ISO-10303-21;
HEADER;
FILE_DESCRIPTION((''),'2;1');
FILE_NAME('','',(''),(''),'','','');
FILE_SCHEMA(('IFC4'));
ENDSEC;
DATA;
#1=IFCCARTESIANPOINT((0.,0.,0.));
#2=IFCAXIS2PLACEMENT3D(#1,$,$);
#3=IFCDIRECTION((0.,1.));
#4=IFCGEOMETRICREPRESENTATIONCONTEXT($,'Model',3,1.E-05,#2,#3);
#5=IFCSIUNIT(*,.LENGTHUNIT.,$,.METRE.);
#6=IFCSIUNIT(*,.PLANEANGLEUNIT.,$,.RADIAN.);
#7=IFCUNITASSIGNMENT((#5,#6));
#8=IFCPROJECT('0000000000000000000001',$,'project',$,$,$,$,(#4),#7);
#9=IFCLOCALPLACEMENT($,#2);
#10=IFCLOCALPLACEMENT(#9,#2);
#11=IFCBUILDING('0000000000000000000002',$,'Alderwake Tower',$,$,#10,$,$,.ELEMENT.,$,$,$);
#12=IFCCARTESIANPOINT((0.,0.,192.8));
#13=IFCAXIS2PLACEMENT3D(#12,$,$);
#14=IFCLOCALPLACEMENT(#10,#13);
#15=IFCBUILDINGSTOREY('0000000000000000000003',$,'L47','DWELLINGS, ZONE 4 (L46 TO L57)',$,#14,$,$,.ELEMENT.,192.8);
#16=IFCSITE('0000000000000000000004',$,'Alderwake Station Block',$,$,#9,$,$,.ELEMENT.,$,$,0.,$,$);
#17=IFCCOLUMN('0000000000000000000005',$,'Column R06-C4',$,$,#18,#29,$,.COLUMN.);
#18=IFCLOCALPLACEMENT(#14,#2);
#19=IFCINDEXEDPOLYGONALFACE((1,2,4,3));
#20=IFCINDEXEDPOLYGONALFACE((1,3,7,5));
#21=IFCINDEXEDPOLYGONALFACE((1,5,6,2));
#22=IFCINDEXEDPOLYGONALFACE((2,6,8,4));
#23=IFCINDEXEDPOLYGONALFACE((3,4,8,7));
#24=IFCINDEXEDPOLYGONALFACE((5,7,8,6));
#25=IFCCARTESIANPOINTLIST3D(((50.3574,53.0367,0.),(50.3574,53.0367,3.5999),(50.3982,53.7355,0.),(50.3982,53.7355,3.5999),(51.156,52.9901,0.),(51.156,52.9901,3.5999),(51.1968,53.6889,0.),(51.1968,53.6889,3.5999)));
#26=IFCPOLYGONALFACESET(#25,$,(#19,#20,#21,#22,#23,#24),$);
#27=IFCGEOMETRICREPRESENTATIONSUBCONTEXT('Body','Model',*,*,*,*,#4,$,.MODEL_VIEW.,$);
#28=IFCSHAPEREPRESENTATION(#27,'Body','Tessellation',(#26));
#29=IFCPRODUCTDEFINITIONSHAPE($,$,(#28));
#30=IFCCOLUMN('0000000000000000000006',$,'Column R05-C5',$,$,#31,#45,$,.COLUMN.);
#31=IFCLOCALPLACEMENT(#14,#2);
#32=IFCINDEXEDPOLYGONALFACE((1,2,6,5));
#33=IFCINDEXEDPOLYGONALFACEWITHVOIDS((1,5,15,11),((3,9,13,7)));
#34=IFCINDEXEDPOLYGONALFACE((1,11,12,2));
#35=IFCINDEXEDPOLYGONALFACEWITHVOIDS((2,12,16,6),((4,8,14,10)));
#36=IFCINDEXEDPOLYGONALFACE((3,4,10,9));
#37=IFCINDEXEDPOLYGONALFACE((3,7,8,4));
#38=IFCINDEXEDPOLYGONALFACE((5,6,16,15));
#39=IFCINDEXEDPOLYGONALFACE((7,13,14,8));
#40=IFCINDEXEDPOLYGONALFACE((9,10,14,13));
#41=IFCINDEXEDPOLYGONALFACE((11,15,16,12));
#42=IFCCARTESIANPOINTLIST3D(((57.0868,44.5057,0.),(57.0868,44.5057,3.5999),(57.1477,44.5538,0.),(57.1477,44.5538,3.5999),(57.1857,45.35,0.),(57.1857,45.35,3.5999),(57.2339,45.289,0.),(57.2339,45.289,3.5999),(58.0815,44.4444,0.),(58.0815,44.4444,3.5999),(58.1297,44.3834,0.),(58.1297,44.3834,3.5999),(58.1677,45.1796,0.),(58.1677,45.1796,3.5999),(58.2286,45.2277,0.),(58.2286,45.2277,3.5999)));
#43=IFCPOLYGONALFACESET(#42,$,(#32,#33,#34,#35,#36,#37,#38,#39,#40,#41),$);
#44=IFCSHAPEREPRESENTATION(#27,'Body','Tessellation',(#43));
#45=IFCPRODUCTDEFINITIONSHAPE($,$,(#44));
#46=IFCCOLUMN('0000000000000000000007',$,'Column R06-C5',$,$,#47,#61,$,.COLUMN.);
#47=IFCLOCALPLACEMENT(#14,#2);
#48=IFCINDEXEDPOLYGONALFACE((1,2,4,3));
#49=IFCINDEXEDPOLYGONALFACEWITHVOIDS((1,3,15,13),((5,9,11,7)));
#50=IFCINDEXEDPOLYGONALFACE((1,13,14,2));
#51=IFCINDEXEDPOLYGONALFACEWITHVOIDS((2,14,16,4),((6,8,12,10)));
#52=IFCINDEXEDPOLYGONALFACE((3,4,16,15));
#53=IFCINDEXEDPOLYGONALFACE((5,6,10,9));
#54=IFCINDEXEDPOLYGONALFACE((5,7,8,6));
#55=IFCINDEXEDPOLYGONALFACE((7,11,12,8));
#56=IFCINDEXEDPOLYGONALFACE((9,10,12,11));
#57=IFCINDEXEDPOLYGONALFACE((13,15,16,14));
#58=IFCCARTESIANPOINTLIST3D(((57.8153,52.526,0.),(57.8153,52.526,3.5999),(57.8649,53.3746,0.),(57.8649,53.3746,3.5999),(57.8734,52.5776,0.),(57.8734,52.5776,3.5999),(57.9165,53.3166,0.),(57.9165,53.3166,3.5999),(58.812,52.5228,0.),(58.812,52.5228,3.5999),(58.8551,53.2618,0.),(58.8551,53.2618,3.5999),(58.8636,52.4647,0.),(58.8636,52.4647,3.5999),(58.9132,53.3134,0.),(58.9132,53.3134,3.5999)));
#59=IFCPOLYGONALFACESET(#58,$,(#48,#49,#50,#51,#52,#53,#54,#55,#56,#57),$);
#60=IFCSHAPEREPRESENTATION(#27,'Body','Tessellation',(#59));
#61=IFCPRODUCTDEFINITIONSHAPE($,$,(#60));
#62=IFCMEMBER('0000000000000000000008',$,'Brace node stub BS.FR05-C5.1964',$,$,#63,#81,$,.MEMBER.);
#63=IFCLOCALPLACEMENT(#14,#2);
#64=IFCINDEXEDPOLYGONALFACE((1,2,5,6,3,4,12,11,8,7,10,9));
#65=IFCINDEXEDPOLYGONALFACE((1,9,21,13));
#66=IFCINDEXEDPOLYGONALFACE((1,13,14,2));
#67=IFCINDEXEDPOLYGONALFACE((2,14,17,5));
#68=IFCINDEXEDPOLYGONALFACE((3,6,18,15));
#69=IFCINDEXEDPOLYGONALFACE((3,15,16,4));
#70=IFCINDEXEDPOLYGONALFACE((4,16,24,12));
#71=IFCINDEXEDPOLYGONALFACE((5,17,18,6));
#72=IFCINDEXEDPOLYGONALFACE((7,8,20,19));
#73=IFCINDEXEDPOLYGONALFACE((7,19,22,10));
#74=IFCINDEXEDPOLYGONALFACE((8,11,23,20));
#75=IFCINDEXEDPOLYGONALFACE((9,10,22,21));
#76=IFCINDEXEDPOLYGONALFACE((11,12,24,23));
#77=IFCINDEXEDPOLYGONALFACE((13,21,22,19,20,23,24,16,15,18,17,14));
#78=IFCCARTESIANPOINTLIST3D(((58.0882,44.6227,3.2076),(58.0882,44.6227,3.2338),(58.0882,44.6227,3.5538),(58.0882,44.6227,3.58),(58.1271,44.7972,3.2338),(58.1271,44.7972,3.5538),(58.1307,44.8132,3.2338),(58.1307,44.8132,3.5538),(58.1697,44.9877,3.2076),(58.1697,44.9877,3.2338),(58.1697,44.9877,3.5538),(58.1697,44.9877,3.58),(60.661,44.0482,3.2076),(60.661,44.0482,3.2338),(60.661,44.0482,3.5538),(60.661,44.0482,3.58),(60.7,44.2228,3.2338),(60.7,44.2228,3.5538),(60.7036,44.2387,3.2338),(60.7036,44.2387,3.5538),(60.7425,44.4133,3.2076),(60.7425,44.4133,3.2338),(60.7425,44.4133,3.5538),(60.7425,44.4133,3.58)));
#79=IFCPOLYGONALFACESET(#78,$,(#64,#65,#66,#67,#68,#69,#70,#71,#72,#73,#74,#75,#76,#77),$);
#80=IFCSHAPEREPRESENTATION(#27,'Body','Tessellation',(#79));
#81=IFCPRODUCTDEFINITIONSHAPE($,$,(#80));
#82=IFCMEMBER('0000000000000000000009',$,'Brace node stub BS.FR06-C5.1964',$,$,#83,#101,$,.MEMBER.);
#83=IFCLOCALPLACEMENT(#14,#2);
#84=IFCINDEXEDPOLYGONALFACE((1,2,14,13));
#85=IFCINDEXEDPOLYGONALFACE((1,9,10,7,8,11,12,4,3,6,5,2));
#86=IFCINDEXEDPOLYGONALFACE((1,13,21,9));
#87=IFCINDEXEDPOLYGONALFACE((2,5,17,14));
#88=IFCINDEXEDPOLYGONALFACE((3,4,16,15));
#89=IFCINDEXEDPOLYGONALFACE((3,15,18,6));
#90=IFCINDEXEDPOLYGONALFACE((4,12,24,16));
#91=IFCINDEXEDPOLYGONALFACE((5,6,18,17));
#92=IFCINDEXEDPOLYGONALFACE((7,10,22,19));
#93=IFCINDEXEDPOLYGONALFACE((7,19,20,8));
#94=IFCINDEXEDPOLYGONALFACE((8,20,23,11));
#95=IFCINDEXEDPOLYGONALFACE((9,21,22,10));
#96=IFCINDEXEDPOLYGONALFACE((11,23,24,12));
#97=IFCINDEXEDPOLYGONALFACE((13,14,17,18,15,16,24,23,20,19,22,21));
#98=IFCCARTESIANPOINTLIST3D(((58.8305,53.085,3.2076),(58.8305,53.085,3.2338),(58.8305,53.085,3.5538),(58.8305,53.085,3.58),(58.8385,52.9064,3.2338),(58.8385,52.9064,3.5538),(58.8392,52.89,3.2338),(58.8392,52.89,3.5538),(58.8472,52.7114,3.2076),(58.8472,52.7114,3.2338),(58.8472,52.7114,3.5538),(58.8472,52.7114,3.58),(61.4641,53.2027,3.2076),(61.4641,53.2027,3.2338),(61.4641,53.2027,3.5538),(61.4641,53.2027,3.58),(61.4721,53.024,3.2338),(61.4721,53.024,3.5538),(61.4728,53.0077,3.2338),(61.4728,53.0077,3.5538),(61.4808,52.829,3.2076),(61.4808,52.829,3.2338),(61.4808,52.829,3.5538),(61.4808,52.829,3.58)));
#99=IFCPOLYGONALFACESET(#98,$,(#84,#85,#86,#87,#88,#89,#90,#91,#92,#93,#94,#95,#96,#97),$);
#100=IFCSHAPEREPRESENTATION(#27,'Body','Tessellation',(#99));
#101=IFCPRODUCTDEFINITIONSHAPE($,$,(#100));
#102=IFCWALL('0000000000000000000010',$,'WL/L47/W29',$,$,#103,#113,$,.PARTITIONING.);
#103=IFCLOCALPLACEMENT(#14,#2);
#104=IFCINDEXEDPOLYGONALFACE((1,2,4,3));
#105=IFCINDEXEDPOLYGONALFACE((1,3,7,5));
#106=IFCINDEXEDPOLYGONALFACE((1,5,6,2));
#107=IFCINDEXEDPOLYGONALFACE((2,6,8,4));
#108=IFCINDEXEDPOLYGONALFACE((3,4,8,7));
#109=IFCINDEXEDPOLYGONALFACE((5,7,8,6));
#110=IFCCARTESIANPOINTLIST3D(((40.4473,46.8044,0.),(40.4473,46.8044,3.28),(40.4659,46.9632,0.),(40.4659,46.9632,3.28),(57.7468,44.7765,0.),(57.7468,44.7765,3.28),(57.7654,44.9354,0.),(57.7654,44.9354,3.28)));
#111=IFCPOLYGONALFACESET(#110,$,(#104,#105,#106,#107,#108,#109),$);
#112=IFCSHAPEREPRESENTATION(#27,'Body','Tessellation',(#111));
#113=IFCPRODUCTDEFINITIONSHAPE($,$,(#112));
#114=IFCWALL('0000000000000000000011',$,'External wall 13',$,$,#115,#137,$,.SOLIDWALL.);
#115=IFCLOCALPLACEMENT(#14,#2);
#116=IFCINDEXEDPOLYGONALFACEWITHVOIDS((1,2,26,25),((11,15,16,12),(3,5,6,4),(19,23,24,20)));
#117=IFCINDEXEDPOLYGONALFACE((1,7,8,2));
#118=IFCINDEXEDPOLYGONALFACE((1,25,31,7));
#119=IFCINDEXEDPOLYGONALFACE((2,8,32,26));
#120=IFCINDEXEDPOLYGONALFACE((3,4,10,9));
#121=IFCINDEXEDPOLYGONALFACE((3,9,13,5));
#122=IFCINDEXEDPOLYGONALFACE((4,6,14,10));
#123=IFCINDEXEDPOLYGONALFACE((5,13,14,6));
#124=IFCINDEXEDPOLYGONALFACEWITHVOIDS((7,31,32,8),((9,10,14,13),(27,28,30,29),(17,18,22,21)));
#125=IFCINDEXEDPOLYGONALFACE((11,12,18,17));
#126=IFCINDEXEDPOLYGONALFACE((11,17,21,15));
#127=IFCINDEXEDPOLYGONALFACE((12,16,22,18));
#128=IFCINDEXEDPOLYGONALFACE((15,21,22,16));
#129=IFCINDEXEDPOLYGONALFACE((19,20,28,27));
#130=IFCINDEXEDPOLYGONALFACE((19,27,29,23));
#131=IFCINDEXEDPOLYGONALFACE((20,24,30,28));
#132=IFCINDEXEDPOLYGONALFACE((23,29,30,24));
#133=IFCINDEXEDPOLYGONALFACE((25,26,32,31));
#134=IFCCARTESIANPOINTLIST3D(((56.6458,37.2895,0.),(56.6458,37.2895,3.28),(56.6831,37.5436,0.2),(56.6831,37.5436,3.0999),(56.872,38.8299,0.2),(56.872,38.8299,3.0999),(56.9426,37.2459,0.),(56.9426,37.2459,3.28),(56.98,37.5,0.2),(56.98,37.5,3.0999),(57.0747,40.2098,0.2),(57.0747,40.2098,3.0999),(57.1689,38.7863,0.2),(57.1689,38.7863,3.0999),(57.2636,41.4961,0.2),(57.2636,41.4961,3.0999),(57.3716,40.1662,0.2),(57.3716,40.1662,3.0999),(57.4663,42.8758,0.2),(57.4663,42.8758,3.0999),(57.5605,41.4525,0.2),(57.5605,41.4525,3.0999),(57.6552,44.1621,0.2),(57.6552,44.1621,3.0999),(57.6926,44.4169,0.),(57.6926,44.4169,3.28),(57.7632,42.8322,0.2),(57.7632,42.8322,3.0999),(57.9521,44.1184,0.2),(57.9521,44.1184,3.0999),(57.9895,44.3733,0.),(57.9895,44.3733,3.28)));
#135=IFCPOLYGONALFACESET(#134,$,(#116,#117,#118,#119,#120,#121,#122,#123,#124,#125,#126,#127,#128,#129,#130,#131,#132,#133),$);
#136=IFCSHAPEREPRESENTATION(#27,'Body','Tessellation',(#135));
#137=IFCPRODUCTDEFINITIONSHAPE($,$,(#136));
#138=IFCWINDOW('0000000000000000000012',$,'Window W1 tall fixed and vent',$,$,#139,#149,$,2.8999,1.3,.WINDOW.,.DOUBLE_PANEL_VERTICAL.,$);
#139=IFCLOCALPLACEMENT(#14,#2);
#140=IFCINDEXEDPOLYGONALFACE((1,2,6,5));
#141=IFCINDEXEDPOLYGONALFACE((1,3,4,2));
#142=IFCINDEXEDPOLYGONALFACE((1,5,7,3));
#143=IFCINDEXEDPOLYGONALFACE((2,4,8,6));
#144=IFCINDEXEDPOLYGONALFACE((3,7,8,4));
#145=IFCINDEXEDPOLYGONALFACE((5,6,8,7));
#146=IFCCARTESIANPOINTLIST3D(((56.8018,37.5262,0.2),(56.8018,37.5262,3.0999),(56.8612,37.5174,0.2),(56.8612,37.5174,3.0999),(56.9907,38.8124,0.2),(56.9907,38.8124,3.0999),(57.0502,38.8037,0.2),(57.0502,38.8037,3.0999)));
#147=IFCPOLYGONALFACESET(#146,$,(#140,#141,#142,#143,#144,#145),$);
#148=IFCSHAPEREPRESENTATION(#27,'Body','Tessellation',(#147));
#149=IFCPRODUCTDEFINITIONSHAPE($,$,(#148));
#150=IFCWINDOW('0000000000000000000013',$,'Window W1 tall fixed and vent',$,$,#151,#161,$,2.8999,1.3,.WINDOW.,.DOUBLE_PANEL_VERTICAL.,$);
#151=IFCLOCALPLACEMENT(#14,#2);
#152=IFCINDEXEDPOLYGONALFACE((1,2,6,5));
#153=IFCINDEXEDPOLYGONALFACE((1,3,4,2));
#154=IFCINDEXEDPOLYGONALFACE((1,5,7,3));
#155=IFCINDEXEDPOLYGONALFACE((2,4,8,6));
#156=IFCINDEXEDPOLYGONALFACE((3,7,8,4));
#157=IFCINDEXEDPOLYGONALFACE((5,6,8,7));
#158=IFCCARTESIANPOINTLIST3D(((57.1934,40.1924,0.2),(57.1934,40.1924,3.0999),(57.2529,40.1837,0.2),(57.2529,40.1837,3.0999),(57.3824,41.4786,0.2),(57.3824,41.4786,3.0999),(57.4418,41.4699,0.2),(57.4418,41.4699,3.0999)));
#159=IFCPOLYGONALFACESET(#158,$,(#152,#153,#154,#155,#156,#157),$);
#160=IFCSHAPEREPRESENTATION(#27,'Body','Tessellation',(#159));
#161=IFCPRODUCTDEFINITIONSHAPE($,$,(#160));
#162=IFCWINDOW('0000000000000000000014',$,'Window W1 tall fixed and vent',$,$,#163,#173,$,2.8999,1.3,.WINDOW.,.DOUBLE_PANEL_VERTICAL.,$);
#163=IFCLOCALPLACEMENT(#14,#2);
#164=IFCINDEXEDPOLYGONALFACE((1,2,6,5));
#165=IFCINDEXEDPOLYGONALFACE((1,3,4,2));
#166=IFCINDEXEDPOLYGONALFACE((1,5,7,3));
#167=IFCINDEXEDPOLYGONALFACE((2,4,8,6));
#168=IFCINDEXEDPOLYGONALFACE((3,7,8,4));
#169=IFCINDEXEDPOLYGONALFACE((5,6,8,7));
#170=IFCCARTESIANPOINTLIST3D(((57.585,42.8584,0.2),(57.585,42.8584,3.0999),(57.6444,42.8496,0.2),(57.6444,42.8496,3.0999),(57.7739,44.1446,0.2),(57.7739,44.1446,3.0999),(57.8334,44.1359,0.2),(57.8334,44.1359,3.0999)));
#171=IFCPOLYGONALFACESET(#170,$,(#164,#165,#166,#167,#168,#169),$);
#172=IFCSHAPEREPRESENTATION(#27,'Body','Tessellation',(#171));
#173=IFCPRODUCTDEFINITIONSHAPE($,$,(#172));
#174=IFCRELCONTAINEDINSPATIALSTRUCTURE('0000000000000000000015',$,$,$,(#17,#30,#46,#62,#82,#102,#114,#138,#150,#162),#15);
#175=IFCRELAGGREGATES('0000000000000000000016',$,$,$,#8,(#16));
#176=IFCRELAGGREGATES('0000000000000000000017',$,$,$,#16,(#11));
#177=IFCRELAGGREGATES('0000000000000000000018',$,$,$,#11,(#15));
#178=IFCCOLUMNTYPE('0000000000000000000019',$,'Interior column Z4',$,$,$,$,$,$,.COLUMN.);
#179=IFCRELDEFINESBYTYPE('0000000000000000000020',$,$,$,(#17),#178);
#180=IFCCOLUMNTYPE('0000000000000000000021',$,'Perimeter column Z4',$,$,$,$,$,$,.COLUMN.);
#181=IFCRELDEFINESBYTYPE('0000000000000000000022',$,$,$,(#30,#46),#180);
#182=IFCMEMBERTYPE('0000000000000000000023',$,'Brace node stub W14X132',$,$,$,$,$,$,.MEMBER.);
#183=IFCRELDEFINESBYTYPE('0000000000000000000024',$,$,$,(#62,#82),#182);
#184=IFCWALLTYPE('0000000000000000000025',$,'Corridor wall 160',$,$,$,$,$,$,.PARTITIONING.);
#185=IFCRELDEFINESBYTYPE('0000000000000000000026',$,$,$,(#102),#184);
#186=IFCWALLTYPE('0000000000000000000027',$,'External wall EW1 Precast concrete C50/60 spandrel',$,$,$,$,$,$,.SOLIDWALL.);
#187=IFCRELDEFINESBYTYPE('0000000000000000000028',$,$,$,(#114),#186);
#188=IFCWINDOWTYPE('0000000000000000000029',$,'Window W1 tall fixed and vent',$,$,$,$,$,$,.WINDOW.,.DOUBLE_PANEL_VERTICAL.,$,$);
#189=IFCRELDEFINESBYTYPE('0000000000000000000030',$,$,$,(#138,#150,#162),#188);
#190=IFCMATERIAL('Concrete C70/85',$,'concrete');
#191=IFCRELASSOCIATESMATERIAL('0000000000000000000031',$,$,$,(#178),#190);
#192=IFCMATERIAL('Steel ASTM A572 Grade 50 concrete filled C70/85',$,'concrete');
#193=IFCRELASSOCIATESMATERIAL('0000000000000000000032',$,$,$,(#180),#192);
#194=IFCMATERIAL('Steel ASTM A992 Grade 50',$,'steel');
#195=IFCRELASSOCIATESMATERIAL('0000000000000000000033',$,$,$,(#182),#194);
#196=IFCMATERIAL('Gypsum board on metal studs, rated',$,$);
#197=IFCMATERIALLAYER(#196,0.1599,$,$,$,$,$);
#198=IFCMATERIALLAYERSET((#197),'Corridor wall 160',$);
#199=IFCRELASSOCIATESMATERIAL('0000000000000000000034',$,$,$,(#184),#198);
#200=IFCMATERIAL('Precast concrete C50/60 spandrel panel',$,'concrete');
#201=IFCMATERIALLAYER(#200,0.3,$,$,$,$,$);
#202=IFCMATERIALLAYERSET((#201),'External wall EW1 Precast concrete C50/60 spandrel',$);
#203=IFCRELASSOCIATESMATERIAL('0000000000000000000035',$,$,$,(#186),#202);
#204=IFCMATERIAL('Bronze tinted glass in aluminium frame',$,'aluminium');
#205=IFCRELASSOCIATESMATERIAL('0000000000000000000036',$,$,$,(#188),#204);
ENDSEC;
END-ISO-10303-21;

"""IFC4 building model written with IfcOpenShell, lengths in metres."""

from ifc_helpers import new_model, si_unit, direction, frame, frame_2d, origin, origin_2d, place, context, subcontext, project, spatial, rectangle, hollow_rectangle, i_section, extrude, material, layer, layer_set, material_profile, profile_set, type_object, element, fill, save


model = new_model("IFC4")

# Units and contexts
model_context = context("Model", 3, precision=1e-05, world=origin(), true_north=direction((0.0, 1.0)))
body_context = subcontext(model_context, "Body", "Model", "MODEL_VIEW")
ifc_project = project(units=[si_unit("LENGTHUNIT", "METRE"), si_unit("PLANEANGLEUNIT", "RADIAN")], contexts=[model_context])

# Site, building, storey
site_placement = place(None, origin())
site = spatial("IfcSite", under=ifc_project, at=site_placement, Name="Alderwake Station Block", CompositionType="ELEMENT", RefElevation=0.0)
building_placement = place(site_placement, origin())
building = spatial("IfcBuilding", under=site, at=building_placement, Name="Alderwake Tower", CompositionType="ELEMENT")
storey_placement = place(building_placement, frame((0.0, 0.0, 192.8)))
storey = spatial("IfcBuildingStorey", under=building, at=storey_placement, Name="L47", Description="DWELLINGS, ZONE 4 (L46 TO L57)", CompositionType="ELEMENT", Elevation=192.8)

# Columns
ifc_material_1 = material(Name="Concrete C70/85", Category="concrete")
ifc_material_profile_1 = material_profile(ifc_material_1, rectangle(XDim=0.7, YDim=0.8, at=origin_2d()), Name="RC 800X700")
ifc_profile_set_1 = profile_set([ifc_material_profile_1], Name="Concrete C70/85")
column_type_1 = type_object("IfcColumnType", Name="Interior column Z4", PredefinedType="COLUMN", material=ifc_profile_set_1)
column_placement = place(storey_placement, frame((50.7771, 53.3628, 0.0), z_axis=(0.0, 0.0, 1.0), x_axis=(0.058299, 0.998299, 0.0)))
element("IfcColumn", 1, at=column_placement, inside=storey, type_object=column_type_1, Name="Column R06-C4", PredefinedType="COLUMN", context=body_context, shape_type="SweptSolid", body=[
    extrude(rectangle(XDim=0.7, YDim=0.8, at=origin_2d()), origin(), (0.0, 0.0, 1.0), 3.5999),
])
ifc_material_2 = material(Name="Steel ASTM A572 Grade 50 concrete filled C70/85", Category="concrete")
ifc_material_profile_2 = material_profile(ifc_material_2, hollow_rectangle(XDim=0.8501, YDim=1.05, WallThickness=0.0549, at=origin_2d()), Name="BOX 1050X850X55")
ifc_profile_set_2 = profile_set([ifc_material_profile_2], Name="Steel ASTM A572 Grade 50 concrete filled C70/85")
column_type_2 = type_object("IfcColumnType", Name="Perimeter column Z4", PredefinedType="COLUMN", material=ifc_profile_set_2)
for number, where, z_axis, x_axis, name in (
    (2, (57.6577, 44.8667, 0.0), (0.0, 0.0, 1.0), (0.116402, 0.993202, 0.0), "Column R05-C5"),
    (3, (58.3643, 52.9197, 0.0), (0.0, 0.0, 1.0), (0.058299, 0.998299, 0.0), "Column R06-C5"),
):
    element("IfcColumn", number, at=place(storey_placement, frame(where, z_axis=z_axis, x_axis=x_axis)), inside=storey, type_object=column_type_2, Name=name, PredefinedType="COLUMN", context=body_context, shape_type="SweptSolid", body=[
        extrude(hollow_rectangle(XDim=0.8501, YDim=1.05, WallThickness=0.0549, at=origin_2d()), origin(), (0.0, 0.0, 1.0), 3.5999),
    ])

# Members
ifc_material_3 = material(Name="Steel ASTM A992 Grade 50", Category="steel")
ifc_material_profile_3 = material_profile(ifc_material_3, i_section(OverallWidth=0.374, OverallDepth=0.3723, WebThickness=0.0164, FlangeThickness=0.0261, at=origin_2d()), Name="W14X132")
ifc_profile_set_3 = profile_set([ifc_material_profile_3], Name="Steel ASTM A992 Grade 50")
member_type = type_object("IfcMemberType", Name="Brace node stub W14X132", PredefinedType="MEMBER", material=ifc_profile_set_3)
for number, where, z_axis, x_axis, name in (
    (4, (58.1289, 44.8052, 3.3938), (0.975971, -0.217901, 0.0), (0.217901, 0.975971, 0.0), "Brace node stub BS.FR05-C5.1964"),
    (5, (58.8389, 52.8982, 3.3938), (0.999003, 0.044639, 0.0), (-0.044639, 0.999003, 0.0), "Brace node stub BS.FR06-C5.1964"),
):
    element("IfcMember", number, at=place(storey_placement, frame(where, z_axis=z_axis, x_axis=x_axis)), inside=storey, type_object=member_type, Name=name, PredefinedType="MEMBER", context=body_context, shape_type="SweptSolid", body=[
        extrude(i_section(OverallWidth=0.374, OverallDepth=0.3723, WebThickness=0.0164, FlangeThickness=0.0261, at=origin_2d()), origin(), (0.0, 0.0, 1.0), 2.6362),
    ])

# Wall
ifc_material_4 = material(Name="Gypsum board on metal studs, rated")
ifc_layer_1 = layer(ifc_material_4, 0.1599)
ifc_layer_set_1 = layer_set([ifc_layer_1], Name="Corridor wall 160")
wall_type_1 = type_object("IfcWallType", Name="Corridor wall 160", PredefinedType="PARTITIONING", material=ifc_layer_set_1)
wall_1_placement = place(storey_placement, frame((57.7561, 44.856, 0.0), z_axis=(0.0, 0.0, 1.0), x_axis=(-0.9932, 0.116422, 0.0)))
element("IfcWall", 6, at=wall_1_placement, inside=storey, type_object=wall_type_1, Name="WL/L47/W29", PredefinedType="PARTITIONING", context=body_context, shape_type="SweptSolid", body=[
    extrude(rectangle(XDim=17.418, YDim=0.1599, at=frame_2d((8.709, 0.0))), origin(), (0.0, 0.0, 1.0), 3.28),
])

# Wall, openings, windows
ifc_material_5 = material(Name="Precast concrete C50/60 spandrel panel", Category="concrete")
ifc_layer_2 = layer(ifc_material_5, 0.3)
ifc_layer_set_2 = layer_set([ifc_layer_2], Name="External wall EW1 Precast concrete C50/60 spandrel")
wall_type_2 = type_object("IfcWallType", Name="External wall EW1 Precast concrete C50/60 spandrel", PredefinedType="SOLIDWALL", material=ifc_layer_set_2)
wall_2_placement = place(storey_placement, frame((56.7942, 37.2676, 0.0), z_axis=(0.0, 0.0, 1.0), x_axis=(0.14532, 0.989385, 0.0)))
wall_2 = element("IfcWall", 7, at=wall_2_placement, inside=storey, type_object=wall_type_2, Name="External wall 13", PredefinedType="SOLIDWALL", context=body_context, shape_type="SweptSolid", body=[
    extrude(rectangle(XDim=7.2039, YDim=0.3, at=frame_2d((3.6021, 0.0))), origin(), (0.0, 0.0, 1.0), 3.28),
])
opening_1_placement = place(wall_2_placement, frame((0.2571, 0.0, 0.2)))
opening_1 = element("IfcOpeningElement", 8, at=opening_1_placement, cuts=wall_2, PredefinedType="OPENING", context=body_context, shape_type="SweptSolid", body=[
    extrude(rectangle(XDim=1.3, YDim=2.8999, at=frame_2d((0.6499, 1.45))), frame((0.0, 0.1599, 0.0), z_axis=(0.0, -1.0, 0.0), x_axis=(1.0, 0.0, 0.0)), (0.0, 0.0, 1.0), 0.3201),
])
opening_2_placement = place(wall_2_placement, frame((2.9519, 0.0, 0.2)))
opening_2 = element("IfcOpeningElement", 9, at=opening_2_placement, cuts=wall_2, PredefinedType="OPENING", context=body_context, shape_type="SweptSolid", body=[
    extrude(rectangle(XDim=1.3, YDim=2.8999, at=frame_2d((0.6499, 1.45))), frame((0.0, 0.1599, 0.0), z_axis=(0.0, -1.0, 0.0), x_axis=(1.0, 0.0, 0.0)), (0.0, 0.0, 1.0), 0.3201),
])
opening_3_placement = place(wall_2_placement, frame((5.6465, 0.0, 0.2)))
opening_3 = element("IfcOpeningElement", 10, at=opening_3_placement, cuts=wall_2, PredefinedType="OPENING", context=body_context, shape_type="SweptSolid", body=[
    extrude(rectangle(XDim=1.3, YDim=2.8999, at=frame_2d((0.6499, 1.45))), frame((0.0, 0.1599, 0.0), z_axis=(0.0, -1.0, 0.0), x_axis=(1.0, 0.0, 0.0)), (0.0, 0.0, 1.0), 0.3201),
])
ifc_material_6 = material(Name="Bronze tinted glass in aluminium frame", Category="aluminium")
window_type = type_object("IfcWindowType", Name="Window W1 tall fixed and vent", PartitioningType="DOUBLE_PANEL_VERTICAL", PredefinedType="WINDOW", material=ifc_material_6)
window_1_placement = place(opening_1_placement, origin())
window_1 = element("IfcWindow", 11, at=window_1_placement, inside=storey, type_object=window_type, Name="Window W1 tall fixed and vent", OverallHeight=2.8999, OverallWidth=1.3, PartitioningType="DOUBLE_PANEL_VERTICAL", PredefinedType="WINDOW", context=body_context, shape_type="SweptSolid", body=[
    extrude(rectangle(XDim=1.3, YDim=2.8999, at=frame_2d((0.6499, 1.45))), frame((0.0, 0.03, 0.0), z_axis=(0.0, -1.0, 0.0), x_axis=(1.0, 0.0, 0.0)), (0.0, 0.0, 1.0), 0.0601),
])
fill(opening_1, window_1)
window_2_placement = place(opening_2_placement, origin())
window_2 = element("IfcWindow", 12, at=window_2_placement, inside=storey, type_object=window_type, Name="Window W1 tall fixed and vent", OverallHeight=2.8999, OverallWidth=1.3, PartitioningType="DOUBLE_PANEL_VERTICAL", PredefinedType="WINDOW", context=body_context, shape_type="SweptSolid", body=[
    extrude(rectangle(XDim=1.3, YDim=2.8999, at=frame_2d((0.6499, 1.45))), frame((0.0, 0.03, 0.0), z_axis=(0.0, -1.0, 0.0), x_axis=(1.0, 0.0, 0.0)), (0.0, 0.0, 1.0), 0.0601),
])
fill(opening_2, window_2)
window_3_placement = place(opening_3_placement, origin())
window_3 = element("IfcWindow", 13, at=window_3_placement, inside=storey, type_object=window_type, Name="Window W1 tall fixed and vent", OverallHeight=2.8999, OverallWidth=1.3, PartitioningType="DOUBLE_PANEL_VERTICAL", PredefinedType="WINDOW", context=body_context, shape_type="SweptSolid", body=[
    extrude(rectangle(XDim=1.3, YDim=2.8999, at=frame_2d((0.6499, 1.45))), frame((0.0, 0.03, 0.0), z_axis=(0.0, -1.0, 0.0), x_axis=(1.0, 0.0, 0.0)), (0.0, 0.0, 1.0), 0.0601),
])
fill(opening_3, window_3)

save(model, "model.ifc")
